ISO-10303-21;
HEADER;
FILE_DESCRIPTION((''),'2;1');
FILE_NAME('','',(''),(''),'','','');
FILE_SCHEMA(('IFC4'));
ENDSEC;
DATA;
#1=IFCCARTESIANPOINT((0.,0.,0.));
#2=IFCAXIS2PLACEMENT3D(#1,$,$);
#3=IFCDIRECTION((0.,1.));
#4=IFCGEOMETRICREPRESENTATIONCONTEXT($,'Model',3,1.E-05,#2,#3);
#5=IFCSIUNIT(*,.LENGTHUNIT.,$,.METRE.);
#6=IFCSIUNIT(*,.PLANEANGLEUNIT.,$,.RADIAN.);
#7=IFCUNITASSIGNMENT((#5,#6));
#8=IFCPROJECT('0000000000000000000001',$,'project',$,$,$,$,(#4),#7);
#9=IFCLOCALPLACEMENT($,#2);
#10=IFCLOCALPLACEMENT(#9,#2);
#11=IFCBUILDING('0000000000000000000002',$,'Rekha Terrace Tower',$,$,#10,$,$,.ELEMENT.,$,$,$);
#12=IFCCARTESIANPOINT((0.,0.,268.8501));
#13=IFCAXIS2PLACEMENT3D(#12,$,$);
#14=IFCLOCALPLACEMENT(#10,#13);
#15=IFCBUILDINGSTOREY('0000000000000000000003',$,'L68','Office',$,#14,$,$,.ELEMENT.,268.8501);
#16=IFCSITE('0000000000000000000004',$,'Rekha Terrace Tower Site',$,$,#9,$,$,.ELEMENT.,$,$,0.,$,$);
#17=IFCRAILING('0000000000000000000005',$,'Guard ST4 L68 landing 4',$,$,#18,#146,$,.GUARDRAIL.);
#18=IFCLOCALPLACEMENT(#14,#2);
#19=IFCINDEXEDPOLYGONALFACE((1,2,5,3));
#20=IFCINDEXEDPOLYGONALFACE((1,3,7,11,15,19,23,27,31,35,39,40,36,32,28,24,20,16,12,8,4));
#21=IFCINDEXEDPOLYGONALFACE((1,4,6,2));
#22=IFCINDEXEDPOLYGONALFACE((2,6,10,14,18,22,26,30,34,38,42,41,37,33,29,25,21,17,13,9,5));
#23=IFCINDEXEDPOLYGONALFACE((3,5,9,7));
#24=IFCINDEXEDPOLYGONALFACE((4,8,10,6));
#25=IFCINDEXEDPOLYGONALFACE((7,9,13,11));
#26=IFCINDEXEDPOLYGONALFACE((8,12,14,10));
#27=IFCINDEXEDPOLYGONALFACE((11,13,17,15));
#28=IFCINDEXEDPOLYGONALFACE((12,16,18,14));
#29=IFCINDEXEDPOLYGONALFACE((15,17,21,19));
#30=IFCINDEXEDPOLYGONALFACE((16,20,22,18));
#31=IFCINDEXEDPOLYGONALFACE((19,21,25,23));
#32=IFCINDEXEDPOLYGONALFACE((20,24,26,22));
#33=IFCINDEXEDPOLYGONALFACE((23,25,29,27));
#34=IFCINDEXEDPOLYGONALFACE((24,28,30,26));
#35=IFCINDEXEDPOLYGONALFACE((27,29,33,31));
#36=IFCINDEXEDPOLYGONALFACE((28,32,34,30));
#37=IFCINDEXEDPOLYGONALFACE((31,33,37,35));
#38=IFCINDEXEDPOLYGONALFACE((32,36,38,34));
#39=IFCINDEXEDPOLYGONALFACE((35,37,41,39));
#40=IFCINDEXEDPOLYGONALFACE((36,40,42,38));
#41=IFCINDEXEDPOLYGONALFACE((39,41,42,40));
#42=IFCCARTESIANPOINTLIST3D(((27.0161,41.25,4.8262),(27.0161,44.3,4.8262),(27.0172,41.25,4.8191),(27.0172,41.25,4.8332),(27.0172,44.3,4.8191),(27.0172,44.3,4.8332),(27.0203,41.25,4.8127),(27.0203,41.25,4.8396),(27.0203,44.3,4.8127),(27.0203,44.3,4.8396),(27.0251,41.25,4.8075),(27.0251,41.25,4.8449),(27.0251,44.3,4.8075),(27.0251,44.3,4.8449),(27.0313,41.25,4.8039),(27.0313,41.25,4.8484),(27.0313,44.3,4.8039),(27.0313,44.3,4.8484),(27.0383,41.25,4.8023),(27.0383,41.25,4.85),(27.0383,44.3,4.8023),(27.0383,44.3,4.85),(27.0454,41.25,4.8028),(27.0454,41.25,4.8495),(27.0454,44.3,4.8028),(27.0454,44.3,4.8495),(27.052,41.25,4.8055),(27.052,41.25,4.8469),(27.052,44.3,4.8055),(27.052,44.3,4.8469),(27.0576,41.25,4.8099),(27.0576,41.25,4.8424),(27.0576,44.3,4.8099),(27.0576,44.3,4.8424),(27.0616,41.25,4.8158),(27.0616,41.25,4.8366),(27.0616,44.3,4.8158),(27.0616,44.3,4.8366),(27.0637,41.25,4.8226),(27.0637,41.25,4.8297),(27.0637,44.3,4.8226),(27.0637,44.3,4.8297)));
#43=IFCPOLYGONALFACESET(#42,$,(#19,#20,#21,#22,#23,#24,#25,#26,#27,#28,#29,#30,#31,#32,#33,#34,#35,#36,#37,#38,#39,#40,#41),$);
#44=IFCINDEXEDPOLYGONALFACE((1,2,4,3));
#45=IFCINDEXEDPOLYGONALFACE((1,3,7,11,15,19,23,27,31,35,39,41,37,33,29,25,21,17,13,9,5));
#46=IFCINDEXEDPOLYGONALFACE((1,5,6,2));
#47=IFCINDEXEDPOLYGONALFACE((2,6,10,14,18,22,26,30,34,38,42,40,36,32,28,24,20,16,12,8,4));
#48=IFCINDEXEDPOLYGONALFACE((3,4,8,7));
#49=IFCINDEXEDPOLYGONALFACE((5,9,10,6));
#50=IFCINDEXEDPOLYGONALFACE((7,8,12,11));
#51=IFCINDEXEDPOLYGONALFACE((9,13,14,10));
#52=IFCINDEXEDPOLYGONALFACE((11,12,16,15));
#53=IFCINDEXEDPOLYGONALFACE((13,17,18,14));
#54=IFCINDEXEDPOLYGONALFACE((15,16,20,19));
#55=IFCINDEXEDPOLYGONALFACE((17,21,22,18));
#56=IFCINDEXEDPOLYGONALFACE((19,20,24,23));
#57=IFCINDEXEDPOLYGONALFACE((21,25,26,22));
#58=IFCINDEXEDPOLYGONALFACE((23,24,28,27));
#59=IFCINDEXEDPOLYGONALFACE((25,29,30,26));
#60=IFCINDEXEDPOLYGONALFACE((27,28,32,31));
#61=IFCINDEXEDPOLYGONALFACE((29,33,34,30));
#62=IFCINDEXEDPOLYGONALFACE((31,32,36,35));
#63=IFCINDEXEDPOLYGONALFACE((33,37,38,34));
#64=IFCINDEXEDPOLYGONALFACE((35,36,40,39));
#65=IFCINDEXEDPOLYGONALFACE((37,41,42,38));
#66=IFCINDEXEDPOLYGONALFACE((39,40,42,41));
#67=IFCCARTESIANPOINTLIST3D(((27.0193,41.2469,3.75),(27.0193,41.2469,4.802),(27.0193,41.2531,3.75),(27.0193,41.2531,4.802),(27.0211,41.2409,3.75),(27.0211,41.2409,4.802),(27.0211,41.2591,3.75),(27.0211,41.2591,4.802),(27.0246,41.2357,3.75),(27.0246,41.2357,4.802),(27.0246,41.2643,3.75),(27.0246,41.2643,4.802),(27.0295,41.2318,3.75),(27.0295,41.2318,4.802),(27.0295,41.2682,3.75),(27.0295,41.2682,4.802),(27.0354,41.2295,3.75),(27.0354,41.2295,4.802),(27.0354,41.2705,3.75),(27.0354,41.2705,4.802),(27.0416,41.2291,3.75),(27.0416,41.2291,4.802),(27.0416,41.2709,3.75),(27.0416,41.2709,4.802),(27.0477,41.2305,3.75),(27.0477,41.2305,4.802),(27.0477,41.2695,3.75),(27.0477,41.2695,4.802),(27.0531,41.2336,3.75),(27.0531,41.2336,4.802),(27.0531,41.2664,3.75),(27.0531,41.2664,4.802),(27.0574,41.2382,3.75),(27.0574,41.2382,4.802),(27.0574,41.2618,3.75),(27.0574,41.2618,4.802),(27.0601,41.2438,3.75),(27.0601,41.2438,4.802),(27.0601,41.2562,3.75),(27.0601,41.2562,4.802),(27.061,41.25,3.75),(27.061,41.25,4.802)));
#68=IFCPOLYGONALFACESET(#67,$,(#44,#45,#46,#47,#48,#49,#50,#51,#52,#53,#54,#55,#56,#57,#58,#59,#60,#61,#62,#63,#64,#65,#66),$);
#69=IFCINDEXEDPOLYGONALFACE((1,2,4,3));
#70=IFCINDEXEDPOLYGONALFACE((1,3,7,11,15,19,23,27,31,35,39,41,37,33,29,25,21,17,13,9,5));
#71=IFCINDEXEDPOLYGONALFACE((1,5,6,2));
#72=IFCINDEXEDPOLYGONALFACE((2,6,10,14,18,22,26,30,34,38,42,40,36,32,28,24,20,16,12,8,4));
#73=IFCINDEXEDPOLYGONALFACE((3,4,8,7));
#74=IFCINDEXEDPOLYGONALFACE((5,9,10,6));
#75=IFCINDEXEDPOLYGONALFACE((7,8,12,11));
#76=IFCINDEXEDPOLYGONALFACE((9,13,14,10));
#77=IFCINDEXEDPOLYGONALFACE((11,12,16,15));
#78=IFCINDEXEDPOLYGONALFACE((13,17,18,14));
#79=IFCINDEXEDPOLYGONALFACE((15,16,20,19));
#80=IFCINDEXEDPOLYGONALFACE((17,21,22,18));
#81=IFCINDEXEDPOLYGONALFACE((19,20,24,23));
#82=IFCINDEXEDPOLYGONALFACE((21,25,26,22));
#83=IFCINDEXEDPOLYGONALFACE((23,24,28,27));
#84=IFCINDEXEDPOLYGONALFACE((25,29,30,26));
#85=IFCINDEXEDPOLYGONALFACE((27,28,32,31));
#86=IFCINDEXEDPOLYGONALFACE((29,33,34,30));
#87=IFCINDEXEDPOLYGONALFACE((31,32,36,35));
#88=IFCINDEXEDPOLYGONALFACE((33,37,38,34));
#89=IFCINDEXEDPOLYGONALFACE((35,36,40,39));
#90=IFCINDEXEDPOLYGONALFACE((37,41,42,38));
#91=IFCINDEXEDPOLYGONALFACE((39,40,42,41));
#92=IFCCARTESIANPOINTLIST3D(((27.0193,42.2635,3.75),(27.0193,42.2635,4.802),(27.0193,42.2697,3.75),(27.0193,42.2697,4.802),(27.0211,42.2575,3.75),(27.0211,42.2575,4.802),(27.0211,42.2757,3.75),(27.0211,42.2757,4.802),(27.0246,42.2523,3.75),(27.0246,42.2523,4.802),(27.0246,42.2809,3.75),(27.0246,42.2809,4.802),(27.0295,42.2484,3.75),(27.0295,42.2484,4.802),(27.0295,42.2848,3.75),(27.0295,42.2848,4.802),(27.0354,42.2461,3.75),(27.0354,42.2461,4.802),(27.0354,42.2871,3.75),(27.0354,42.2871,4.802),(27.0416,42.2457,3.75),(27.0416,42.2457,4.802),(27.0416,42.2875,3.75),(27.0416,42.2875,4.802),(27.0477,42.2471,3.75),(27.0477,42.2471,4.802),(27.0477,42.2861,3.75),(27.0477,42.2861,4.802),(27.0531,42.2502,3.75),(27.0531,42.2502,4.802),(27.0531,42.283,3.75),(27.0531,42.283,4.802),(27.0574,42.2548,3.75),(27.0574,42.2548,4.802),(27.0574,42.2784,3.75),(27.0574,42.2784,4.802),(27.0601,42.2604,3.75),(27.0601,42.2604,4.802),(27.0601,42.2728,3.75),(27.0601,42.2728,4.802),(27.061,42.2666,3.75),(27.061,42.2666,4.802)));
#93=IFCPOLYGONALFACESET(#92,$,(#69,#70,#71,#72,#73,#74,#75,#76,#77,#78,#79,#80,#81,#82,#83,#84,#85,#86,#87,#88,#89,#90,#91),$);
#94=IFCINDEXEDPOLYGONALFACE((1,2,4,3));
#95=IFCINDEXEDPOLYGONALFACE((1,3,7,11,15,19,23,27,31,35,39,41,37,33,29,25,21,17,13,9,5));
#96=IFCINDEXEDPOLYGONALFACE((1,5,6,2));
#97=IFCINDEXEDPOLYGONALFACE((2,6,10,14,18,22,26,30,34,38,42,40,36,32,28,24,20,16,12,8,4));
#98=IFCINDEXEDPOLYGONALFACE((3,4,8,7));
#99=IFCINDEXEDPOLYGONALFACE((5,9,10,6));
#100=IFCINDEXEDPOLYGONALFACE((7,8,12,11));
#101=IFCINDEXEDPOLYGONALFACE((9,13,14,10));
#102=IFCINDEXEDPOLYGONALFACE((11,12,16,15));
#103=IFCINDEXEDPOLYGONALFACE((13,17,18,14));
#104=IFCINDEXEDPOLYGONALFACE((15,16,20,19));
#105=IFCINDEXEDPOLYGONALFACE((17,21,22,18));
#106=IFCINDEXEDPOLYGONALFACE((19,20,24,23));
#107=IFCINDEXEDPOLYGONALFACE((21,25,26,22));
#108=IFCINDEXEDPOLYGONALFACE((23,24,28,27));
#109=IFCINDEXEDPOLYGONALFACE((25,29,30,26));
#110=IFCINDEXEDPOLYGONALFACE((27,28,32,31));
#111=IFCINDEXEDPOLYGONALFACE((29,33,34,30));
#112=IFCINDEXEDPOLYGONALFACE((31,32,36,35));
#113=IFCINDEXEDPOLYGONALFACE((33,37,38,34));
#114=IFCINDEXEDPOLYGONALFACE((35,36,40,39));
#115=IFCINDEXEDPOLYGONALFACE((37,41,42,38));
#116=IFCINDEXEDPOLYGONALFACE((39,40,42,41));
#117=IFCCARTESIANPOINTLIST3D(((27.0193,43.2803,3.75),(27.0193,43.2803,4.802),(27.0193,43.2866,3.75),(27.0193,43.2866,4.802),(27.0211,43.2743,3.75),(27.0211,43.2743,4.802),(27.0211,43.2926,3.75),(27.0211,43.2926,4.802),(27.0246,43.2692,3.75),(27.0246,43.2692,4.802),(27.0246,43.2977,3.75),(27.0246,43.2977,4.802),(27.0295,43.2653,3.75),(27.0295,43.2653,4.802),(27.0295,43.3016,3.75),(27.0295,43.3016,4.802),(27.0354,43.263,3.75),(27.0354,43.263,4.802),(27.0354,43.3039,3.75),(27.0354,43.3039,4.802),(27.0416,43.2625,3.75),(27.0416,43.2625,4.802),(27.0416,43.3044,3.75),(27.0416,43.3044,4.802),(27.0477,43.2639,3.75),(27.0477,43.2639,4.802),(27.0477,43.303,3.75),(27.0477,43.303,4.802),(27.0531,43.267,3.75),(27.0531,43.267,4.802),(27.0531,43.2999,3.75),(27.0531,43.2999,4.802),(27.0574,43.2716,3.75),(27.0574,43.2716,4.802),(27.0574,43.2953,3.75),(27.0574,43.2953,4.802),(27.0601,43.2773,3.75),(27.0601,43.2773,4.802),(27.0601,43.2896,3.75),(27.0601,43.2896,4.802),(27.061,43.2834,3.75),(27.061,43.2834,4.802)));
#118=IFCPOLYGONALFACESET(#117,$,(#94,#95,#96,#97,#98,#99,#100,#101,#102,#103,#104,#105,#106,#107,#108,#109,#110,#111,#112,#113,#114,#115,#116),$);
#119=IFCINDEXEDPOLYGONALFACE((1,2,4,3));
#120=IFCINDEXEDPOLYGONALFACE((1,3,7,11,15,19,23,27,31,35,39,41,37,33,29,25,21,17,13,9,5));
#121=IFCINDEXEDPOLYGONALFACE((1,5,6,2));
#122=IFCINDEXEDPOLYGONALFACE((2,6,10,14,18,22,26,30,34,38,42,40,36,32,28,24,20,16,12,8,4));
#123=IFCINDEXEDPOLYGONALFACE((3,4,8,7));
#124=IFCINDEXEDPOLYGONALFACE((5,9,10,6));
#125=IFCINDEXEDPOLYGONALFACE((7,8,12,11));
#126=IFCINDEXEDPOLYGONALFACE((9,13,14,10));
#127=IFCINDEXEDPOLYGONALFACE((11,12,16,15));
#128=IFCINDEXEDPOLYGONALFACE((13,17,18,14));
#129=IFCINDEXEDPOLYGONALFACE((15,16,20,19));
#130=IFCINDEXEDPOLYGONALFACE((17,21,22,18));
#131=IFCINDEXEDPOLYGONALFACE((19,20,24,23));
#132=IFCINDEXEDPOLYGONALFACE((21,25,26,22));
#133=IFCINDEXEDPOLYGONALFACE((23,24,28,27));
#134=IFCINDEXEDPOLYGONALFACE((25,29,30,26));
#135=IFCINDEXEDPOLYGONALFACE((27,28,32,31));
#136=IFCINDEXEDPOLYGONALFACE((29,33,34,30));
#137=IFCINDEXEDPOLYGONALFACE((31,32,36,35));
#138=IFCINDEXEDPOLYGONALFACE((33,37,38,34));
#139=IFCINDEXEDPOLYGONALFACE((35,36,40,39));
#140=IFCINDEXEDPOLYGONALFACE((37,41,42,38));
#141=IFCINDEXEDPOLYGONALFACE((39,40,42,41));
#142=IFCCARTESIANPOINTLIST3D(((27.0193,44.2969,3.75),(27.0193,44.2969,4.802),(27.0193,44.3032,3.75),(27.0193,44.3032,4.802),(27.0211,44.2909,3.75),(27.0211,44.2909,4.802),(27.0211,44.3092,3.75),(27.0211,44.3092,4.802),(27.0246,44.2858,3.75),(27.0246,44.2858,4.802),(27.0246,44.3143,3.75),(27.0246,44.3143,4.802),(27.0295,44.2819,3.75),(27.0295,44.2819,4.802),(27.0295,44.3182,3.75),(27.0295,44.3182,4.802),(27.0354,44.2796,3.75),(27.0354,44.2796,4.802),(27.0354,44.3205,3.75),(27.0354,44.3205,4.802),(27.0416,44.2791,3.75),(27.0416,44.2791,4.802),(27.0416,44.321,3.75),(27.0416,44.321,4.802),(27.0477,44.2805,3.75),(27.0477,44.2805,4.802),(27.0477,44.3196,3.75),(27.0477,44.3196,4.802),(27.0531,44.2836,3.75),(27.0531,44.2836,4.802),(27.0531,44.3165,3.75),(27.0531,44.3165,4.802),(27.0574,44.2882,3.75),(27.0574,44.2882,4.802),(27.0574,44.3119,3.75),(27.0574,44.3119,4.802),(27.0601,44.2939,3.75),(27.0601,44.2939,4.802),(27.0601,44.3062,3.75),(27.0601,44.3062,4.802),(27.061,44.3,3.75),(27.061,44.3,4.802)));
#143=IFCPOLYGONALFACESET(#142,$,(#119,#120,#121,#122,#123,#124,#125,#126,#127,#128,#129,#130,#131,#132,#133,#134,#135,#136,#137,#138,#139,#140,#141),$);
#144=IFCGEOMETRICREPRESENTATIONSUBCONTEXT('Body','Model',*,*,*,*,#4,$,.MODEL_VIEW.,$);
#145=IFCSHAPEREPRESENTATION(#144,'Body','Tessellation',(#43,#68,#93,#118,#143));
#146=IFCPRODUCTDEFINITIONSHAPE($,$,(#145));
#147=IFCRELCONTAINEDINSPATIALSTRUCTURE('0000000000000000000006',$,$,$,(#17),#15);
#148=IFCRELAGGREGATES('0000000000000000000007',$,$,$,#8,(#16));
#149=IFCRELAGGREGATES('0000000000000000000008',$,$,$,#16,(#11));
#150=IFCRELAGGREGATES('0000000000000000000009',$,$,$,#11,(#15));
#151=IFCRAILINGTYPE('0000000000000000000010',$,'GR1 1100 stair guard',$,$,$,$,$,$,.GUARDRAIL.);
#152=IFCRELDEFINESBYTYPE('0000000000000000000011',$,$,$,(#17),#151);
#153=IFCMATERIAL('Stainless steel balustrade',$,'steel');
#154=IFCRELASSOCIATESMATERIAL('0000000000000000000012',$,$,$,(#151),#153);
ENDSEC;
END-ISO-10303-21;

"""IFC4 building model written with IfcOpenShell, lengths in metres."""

from ifc_helpers import new_model, si_unit, direction, frame, origin, origin_2d, place, context, subcontext, project, spatial, circle, extrude, material, type_object, element, save


model = new_model("IFC4")

# Units and contexts
model_context = context("Model", 3, precision=1e-05, world=origin(), true_north=direction((0.0, 1.0)))
body_context = subcontext(model_context, "Body", "Model", "MODEL_VIEW")
ifc_project = project(units=[si_unit("LENGTHUNIT", "METRE"), si_unit("PLANEANGLEUNIT", "RADIAN")], contexts=[model_context])

# Site, building, storey
site_placement = place(None, origin())
site = spatial("IfcSite", under=ifc_project, at=site_placement, Name="Rekha Terrace Tower Site", CompositionType="ELEMENT", RefElevation=0.0)
building_placement = place(site_placement, origin())
building = spatial("IfcBuilding", under=site, at=building_placement, Name="Rekha Terrace Tower", CompositionType="ELEMENT")
storey_placement = place(building_placement, frame((0.0, 0.0, 268.8501)))
storey = spatial("IfcBuildingStorey", under=building, at=storey_placement, Name="L68", Description="Office", CompositionType="ELEMENT", Elevation=268.8501)

# Railing
ifc_material_1 = material(Name="Stainless steel balustrade", Category="steel")
railing_type_1 = type_object("IfcRailingType", Name="GR1 1100 stair guard", PredefinedType="GUARDRAIL", material=ifc_material_1)
railing_1_placement = place(storey_placement, frame((27.04, 41.25, 3.75)))
element("IfcRailing", 1, at=railing_1_placement, inside=storey, type_object=railing_type_1, Name="Guard ST4 L68 landing 4", PredefinedType="GUARDRAIL", context=body_context, shape_type="SweptSolid", body=[
    extrude(circle(Radius=0.0239, at=origin_2d()), frame((0.0, 0.0, 1.0762), z_axis=(0.0, 1.0, 0.0), x_axis=(-1.0, 0.0, 0.0)), (0.0, 0.0, 1.0), 3.05),
    extrude(circle(Radius=0.021, at=origin_2d()), origin(), (0.0, 0.0, 1.0), 1.052),
    extrude(circle(Radius=0.021, at=origin_2d()), frame((0.0, 1.0166, 0.0)), (0.0, 0.0, 1.0), 1.052),
    extrude(circle(Radius=0.021, at=origin_2d()), frame((0.0, 2.0334, 0.0)), (0.0, 0.0, 1.0), 1.052),
    extrude(circle(Radius=0.021, at=origin_2d()), frame((0.0, 3.05, 0.0)), (0.0, 0.0, 1.0), 1.052),
])

save(model, "model.ifc")
